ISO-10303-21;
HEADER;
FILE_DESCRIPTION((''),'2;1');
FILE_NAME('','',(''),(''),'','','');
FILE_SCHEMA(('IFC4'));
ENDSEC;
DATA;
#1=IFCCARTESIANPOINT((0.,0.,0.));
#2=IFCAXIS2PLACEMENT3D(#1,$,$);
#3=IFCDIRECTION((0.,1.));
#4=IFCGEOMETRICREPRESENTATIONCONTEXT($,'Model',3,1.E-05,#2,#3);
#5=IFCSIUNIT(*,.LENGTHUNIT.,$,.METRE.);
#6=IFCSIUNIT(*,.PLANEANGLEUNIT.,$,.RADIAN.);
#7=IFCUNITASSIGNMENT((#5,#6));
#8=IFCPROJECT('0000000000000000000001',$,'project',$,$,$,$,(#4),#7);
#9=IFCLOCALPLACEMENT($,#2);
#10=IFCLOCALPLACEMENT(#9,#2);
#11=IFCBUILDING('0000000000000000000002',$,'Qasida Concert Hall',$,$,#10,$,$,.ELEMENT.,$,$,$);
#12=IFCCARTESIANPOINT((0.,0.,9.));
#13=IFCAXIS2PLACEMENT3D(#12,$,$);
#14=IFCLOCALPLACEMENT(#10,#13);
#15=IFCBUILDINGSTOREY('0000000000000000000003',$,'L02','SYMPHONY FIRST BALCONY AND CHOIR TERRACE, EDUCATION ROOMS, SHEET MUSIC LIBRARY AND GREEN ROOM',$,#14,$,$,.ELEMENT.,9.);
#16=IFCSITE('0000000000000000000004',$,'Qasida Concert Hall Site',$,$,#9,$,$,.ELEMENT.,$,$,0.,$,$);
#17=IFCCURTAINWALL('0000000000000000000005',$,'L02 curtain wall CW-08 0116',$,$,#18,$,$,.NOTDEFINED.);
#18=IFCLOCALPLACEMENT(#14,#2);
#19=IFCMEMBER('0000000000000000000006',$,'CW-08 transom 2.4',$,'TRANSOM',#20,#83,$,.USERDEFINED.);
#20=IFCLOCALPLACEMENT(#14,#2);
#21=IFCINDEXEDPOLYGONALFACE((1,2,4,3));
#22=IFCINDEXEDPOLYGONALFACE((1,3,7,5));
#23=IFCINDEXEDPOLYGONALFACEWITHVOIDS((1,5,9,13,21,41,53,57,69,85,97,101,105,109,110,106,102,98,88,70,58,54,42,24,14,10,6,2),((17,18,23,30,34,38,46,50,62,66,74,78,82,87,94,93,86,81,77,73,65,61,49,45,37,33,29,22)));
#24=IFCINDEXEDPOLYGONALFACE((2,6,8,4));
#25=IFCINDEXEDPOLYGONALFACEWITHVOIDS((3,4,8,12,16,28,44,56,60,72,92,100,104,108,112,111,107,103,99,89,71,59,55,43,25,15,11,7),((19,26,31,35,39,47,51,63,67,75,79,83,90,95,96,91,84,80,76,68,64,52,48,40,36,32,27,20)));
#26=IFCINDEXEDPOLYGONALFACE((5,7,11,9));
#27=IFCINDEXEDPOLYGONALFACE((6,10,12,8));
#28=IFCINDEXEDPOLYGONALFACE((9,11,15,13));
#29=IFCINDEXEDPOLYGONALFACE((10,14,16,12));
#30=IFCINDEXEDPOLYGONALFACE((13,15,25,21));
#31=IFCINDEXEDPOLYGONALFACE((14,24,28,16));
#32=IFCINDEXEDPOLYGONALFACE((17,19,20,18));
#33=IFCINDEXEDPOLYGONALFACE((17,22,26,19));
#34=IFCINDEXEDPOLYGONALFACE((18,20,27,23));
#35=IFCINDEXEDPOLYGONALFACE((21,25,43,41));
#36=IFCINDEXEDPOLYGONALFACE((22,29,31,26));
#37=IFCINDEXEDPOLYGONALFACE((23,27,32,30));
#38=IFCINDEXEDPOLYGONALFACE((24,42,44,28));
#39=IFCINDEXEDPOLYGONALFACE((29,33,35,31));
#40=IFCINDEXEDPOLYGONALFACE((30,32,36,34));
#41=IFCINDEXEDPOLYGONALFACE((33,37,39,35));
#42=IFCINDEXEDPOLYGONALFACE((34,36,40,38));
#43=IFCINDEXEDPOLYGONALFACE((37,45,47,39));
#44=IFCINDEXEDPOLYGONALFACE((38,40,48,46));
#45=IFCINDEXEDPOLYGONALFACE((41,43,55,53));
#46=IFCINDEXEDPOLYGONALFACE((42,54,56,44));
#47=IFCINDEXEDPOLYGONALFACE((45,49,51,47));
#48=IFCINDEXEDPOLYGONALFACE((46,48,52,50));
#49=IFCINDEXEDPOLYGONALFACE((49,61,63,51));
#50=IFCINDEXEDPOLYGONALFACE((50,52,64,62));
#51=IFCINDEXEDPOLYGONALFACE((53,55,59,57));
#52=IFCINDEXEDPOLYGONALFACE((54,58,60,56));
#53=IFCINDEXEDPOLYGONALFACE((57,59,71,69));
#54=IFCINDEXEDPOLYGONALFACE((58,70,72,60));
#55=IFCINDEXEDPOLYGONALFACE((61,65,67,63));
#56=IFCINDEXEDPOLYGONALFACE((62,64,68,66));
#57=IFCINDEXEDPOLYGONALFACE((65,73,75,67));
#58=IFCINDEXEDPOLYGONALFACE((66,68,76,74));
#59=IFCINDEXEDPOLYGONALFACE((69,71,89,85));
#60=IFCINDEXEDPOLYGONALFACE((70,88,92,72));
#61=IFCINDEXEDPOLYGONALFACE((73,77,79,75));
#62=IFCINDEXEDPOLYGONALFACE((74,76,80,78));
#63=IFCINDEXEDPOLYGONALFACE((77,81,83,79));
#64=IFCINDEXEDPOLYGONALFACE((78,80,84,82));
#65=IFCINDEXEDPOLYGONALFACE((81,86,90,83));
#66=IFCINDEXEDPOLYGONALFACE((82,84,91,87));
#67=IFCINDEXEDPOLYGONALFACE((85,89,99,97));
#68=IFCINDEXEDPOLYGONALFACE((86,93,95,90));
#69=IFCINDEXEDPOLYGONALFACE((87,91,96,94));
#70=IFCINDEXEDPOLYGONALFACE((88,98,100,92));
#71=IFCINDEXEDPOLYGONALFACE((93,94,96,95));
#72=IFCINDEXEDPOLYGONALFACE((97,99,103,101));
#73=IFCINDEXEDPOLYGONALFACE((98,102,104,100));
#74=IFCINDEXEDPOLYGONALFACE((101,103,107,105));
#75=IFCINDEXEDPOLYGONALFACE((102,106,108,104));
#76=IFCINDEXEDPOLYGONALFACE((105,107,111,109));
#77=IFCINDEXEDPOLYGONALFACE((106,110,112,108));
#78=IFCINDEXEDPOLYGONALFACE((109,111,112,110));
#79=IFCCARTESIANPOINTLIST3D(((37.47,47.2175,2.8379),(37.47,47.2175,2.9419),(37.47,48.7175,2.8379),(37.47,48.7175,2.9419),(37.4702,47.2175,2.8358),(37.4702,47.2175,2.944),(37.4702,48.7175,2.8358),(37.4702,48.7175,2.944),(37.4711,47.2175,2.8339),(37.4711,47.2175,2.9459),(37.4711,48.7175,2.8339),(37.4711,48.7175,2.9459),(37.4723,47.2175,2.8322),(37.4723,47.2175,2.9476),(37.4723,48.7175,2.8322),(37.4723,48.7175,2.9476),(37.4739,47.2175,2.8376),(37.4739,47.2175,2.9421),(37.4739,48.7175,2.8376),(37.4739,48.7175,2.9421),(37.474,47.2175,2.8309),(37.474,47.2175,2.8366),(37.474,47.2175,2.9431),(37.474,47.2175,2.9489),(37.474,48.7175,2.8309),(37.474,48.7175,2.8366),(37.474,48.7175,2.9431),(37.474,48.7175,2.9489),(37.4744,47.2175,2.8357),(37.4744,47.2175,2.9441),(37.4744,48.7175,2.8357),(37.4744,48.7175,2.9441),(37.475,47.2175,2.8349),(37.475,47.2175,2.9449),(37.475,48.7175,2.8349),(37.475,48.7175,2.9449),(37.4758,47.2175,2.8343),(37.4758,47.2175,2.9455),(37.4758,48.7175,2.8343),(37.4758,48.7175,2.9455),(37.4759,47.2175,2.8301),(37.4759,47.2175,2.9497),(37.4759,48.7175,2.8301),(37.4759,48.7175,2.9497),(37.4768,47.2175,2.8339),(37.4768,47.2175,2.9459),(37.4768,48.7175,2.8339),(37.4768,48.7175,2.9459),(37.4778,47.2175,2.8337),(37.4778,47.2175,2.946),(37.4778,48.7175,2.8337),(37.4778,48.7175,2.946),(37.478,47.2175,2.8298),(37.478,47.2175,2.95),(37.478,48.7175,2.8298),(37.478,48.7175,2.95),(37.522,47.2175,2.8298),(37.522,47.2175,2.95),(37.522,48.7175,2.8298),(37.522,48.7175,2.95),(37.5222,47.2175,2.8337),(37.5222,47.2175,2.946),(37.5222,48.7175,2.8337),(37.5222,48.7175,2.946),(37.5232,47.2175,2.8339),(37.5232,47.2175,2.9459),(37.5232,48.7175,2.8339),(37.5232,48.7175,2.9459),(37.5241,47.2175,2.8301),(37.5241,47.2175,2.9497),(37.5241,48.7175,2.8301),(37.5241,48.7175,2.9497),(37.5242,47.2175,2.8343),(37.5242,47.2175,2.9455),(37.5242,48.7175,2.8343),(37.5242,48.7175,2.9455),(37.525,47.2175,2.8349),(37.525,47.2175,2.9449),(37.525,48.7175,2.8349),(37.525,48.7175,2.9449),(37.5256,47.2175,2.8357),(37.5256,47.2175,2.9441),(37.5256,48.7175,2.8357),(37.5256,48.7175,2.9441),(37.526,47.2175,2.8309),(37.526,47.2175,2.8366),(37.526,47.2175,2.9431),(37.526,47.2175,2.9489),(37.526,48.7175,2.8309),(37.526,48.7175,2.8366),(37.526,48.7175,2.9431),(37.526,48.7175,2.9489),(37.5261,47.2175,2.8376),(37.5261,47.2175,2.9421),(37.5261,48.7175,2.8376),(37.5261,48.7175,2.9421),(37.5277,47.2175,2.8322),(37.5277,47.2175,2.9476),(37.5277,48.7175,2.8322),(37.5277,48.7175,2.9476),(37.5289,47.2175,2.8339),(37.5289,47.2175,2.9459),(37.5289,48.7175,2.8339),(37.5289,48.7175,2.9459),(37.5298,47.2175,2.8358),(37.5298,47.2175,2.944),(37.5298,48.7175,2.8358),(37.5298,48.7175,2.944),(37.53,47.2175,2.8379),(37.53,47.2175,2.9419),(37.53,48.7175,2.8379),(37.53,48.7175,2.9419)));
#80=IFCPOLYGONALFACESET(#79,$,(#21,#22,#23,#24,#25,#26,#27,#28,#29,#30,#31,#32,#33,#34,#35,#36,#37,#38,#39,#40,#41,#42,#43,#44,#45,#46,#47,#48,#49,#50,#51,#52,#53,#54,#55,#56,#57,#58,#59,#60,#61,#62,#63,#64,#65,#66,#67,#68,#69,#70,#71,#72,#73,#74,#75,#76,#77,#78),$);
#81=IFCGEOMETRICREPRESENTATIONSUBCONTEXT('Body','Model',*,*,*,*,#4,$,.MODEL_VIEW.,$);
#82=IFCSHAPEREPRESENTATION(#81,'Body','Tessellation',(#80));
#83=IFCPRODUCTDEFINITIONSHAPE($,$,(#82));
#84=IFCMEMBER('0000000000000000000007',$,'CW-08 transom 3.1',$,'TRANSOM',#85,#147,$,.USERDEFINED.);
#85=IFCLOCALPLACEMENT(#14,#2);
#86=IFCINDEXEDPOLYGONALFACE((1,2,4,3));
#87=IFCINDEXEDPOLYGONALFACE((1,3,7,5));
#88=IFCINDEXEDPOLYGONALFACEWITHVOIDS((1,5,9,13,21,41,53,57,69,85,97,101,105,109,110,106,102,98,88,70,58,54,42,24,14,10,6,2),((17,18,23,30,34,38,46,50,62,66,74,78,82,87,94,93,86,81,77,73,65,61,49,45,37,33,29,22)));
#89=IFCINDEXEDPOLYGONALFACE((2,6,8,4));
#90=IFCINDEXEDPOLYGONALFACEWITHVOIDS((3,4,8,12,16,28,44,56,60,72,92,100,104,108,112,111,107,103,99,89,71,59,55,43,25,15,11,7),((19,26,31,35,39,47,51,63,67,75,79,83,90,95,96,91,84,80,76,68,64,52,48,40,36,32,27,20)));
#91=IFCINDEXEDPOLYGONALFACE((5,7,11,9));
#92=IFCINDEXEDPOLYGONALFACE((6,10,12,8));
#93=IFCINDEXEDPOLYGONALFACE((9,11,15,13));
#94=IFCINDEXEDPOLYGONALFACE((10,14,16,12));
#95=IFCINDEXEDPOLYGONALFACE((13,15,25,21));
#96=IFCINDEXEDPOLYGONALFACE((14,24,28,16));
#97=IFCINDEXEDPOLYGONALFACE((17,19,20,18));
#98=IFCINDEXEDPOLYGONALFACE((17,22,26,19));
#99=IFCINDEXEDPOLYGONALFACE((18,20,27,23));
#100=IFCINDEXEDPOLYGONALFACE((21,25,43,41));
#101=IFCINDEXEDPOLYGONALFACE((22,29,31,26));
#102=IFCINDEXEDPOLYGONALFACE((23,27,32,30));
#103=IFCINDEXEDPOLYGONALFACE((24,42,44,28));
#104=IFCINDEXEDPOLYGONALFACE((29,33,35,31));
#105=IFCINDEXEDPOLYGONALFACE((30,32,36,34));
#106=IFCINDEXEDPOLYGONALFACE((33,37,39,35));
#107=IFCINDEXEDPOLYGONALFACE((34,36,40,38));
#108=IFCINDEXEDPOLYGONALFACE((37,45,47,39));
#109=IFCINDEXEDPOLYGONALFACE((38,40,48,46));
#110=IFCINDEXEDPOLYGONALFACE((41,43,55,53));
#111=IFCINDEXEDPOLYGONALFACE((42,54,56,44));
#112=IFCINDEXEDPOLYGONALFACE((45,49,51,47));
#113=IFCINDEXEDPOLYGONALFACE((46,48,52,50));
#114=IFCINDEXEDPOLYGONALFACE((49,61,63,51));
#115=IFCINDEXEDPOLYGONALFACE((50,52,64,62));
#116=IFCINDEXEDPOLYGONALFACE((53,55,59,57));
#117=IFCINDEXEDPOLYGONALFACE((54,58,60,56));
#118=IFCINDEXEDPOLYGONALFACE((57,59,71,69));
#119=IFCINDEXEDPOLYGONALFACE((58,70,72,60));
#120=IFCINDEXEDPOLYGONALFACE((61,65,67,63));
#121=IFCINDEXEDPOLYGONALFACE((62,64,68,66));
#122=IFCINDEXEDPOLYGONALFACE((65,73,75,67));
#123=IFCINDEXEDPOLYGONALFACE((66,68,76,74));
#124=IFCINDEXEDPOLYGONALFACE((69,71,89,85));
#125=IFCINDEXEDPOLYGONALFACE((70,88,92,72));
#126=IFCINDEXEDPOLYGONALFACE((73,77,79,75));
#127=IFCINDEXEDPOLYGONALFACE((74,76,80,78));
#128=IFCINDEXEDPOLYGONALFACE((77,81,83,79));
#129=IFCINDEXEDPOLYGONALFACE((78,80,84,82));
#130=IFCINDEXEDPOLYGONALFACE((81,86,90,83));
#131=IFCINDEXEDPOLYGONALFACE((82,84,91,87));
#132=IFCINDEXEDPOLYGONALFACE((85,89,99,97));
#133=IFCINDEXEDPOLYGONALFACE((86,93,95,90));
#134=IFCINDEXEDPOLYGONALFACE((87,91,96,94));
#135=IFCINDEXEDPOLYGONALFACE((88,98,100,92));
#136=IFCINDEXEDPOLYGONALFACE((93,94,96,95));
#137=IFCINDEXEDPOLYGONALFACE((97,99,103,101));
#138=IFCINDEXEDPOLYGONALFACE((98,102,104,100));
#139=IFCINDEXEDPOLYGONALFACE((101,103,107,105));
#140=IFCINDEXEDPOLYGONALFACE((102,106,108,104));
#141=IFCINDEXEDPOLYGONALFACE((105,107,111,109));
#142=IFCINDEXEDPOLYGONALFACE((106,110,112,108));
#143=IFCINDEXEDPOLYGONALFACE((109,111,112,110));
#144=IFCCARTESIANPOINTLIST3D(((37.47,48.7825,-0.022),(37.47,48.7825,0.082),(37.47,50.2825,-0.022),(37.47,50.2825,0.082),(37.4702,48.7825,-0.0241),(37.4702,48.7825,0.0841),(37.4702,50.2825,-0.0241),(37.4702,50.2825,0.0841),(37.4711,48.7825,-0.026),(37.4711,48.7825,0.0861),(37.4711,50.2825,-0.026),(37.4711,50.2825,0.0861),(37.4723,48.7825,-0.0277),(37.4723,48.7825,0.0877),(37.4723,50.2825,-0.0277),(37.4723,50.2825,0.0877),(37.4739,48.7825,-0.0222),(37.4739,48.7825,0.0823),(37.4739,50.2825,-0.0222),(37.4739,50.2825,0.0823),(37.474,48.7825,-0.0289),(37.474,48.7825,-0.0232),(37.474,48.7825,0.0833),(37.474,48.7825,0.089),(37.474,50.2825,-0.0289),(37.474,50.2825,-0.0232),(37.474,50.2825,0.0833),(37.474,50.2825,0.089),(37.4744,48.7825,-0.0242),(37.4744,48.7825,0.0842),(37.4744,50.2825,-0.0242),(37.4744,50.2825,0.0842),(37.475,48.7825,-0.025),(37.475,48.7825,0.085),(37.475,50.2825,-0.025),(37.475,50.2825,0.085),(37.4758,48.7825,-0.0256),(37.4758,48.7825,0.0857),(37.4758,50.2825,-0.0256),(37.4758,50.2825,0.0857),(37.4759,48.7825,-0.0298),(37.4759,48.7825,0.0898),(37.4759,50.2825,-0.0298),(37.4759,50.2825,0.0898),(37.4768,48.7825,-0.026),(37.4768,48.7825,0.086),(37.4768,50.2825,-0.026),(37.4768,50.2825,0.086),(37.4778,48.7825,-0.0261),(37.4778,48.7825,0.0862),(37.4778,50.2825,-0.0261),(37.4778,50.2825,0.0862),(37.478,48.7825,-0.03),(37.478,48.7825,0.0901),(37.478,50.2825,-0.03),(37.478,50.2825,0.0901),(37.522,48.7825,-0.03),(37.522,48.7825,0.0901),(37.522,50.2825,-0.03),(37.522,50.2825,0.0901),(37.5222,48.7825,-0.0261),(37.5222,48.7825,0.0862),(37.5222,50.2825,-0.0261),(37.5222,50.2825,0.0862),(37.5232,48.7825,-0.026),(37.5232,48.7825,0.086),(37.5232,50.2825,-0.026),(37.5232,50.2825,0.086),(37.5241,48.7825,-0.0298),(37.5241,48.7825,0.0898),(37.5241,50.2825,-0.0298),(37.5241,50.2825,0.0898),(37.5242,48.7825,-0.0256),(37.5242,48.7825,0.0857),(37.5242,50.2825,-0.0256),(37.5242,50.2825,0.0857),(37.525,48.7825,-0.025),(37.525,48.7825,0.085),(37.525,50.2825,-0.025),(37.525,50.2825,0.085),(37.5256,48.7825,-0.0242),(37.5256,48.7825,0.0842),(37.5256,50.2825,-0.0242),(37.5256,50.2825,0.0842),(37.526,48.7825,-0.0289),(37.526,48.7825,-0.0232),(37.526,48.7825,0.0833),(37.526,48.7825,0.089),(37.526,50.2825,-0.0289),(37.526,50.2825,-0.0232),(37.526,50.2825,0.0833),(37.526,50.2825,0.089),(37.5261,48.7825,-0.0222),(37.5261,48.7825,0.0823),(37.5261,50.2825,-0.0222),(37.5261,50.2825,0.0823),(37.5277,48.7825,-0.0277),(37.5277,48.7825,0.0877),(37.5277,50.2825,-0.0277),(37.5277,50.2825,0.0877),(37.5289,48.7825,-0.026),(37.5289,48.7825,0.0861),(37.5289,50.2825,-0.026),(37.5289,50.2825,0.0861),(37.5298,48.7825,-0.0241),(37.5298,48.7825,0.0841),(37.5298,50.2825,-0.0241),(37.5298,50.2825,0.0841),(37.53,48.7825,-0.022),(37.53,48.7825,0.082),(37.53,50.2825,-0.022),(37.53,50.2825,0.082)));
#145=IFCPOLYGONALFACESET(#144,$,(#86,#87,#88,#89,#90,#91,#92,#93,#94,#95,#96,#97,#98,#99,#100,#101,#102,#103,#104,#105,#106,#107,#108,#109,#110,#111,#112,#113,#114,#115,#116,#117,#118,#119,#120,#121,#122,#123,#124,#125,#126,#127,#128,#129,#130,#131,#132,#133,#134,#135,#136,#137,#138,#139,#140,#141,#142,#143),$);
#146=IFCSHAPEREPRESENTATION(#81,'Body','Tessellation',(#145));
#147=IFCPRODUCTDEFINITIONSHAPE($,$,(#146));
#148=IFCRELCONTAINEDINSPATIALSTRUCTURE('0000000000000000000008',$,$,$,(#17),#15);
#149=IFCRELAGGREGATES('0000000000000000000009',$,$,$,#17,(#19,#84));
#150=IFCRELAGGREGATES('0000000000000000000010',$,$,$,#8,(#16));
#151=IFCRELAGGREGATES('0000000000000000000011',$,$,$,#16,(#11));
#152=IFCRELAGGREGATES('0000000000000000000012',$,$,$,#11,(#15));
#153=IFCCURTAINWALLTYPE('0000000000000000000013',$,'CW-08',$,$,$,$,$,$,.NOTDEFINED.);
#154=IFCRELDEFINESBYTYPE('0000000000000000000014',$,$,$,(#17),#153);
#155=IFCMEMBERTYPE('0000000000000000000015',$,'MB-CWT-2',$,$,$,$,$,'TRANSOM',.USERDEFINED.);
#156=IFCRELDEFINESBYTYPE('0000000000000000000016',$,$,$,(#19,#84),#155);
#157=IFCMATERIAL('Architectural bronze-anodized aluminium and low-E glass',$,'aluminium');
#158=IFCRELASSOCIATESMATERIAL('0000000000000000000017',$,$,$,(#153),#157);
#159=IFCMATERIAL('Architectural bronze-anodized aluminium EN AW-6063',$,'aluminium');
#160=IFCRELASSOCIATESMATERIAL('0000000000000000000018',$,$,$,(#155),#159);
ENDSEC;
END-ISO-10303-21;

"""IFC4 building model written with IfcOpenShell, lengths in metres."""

from ifc_helpers import new_model, si_unit, direction, frame, origin, origin_2d, place, context, subcontext, project, spatial, hollow_rectangle, extrude, material, material_profile, profile_set, type_object, element, aggregate, save


model = new_model("IFC4")

# Units and contexts
model_context = context("Model", 3, precision=1e-05, world=origin(), true_north=direction((0.0, 1.0)))
body_context = subcontext(model_context, "Body", "Model", "MODEL_VIEW")
ifc_project = project(units=[si_unit("LENGTHUNIT", "METRE"), si_unit("PLANEANGLEUNIT", "RADIAN")], contexts=[model_context])

# Site, building, storey
site_placement = place(None, origin())
site = spatial("IfcSite", under=ifc_project, at=site_placement, Name="Qasida Concert Hall Site", CompositionType="ELEMENT", RefElevation=0.0)
building_placement = place(site_placement, origin())
building = spatial("IfcBuilding", under=site, at=building_placement, Name="Qasida Concert Hall", CompositionType="ELEMENT")
storey_placement = place(building_placement, frame((0.0, 0.0, 9.0)))
storey = spatial("IfcBuildingStorey", under=building, at=storey_placement, Name="L02", Description="SYMPHONY FIRST BALCONY AND CHOIR TERRACE, EDUCATION ROOMS, SHEET MUSIC LIBRARY AND GREEN ROOM", CompositionType="ELEMENT", Elevation=9.0)

# Curtain wall, members
ifc_material_1 = material(Name="Architectural bronze-anodized aluminium and low-E glass", Category="aluminium")
curtain_wall_type = type_object("IfcCurtainWallType", Name="CW-08", PredefinedType="NOTDEFINED", material=ifc_material_1)
curtain_wall_placement = place(storey_placement, origin())
curtain_wall = element("IfcCurtainWall", 1, at=curtain_wall_placement, inside=storey, type_object=curtain_wall_type, Name="L02 curtain wall CW-08 0116", PredefinedType="NOTDEFINED")
ifc_material_2 = material(Name="Architectural bronze-anodized aluminium EN AW-6063", Category="aluminium")
ifc_material_profile_1 = material_profile(ifc_material_2, hollow_rectangle(XDim=0.0601, YDim=0.1201, WallThickness=0.0039, InnerFilletRadius=0.0039, OuterFilletRadius=0.0081, at=origin_2d()), Name="CWT 120x60x4")
ifc_profile_set_1 = profile_set([ifc_material_profile_1], Name="Architectural bronze-anodized aluminium EN AW-6063")
member_type_1 = type_object("IfcMemberType", Name="MB-CWT-2", ElementType="TRANSOM", PredefinedType="USERDEFINED", material=ifc_profile_set_1)
member_1_placement = place(storey_placement, frame((37.5, 47.2175, 2.8899), z_axis=(0.0, 1.0, 0.0), x_axis=(-1.0, 0.0, 0.0)))
member_1 = element("IfcMember", 2, at=member_1_placement, type_object=member_type_1, Name="CW-08 transom 2.4", ObjectType="TRANSOM", PredefinedType="USERDEFINED", context=body_context, shape_type="SweptSolid", body=[
    extrude(hollow_rectangle(XDim=0.0601, YDim=0.1201, WallThickness=0.0039, InnerFilletRadius=0.0039, OuterFilletRadius=0.0081, at=origin_2d()), origin(), (0.0, 0.0, 1.0), 1.5),
])
member_2_placement = place(storey_placement, frame((37.5, 48.7825, 0.03), z_axis=(0.0, 1.0, 0.0), x_axis=(-1.0, 0.0, 0.0)))
member_2 = element("IfcMember", 3, at=member_2_placement, type_object=member_type_1, Name="CW-08 transom 3.1", ObjectType="TRANSOM", PredefinedType="USERDEFINED", context=body_context, shape_type="SweptSolid", body=[
    extrude(hollow_rectangle(XDim=0.0601, YDim=0.1201, WallThickness=0.0039, InnerFilletRadius=0.0039, OuterFilletRadius=0.0081, at=origin_2d()), origin(), (0.0, 0.0, 1.0), 1.5),
])
aggregate(curtain_wall, [member_1, member_2])

save(model, "model.ifc")
